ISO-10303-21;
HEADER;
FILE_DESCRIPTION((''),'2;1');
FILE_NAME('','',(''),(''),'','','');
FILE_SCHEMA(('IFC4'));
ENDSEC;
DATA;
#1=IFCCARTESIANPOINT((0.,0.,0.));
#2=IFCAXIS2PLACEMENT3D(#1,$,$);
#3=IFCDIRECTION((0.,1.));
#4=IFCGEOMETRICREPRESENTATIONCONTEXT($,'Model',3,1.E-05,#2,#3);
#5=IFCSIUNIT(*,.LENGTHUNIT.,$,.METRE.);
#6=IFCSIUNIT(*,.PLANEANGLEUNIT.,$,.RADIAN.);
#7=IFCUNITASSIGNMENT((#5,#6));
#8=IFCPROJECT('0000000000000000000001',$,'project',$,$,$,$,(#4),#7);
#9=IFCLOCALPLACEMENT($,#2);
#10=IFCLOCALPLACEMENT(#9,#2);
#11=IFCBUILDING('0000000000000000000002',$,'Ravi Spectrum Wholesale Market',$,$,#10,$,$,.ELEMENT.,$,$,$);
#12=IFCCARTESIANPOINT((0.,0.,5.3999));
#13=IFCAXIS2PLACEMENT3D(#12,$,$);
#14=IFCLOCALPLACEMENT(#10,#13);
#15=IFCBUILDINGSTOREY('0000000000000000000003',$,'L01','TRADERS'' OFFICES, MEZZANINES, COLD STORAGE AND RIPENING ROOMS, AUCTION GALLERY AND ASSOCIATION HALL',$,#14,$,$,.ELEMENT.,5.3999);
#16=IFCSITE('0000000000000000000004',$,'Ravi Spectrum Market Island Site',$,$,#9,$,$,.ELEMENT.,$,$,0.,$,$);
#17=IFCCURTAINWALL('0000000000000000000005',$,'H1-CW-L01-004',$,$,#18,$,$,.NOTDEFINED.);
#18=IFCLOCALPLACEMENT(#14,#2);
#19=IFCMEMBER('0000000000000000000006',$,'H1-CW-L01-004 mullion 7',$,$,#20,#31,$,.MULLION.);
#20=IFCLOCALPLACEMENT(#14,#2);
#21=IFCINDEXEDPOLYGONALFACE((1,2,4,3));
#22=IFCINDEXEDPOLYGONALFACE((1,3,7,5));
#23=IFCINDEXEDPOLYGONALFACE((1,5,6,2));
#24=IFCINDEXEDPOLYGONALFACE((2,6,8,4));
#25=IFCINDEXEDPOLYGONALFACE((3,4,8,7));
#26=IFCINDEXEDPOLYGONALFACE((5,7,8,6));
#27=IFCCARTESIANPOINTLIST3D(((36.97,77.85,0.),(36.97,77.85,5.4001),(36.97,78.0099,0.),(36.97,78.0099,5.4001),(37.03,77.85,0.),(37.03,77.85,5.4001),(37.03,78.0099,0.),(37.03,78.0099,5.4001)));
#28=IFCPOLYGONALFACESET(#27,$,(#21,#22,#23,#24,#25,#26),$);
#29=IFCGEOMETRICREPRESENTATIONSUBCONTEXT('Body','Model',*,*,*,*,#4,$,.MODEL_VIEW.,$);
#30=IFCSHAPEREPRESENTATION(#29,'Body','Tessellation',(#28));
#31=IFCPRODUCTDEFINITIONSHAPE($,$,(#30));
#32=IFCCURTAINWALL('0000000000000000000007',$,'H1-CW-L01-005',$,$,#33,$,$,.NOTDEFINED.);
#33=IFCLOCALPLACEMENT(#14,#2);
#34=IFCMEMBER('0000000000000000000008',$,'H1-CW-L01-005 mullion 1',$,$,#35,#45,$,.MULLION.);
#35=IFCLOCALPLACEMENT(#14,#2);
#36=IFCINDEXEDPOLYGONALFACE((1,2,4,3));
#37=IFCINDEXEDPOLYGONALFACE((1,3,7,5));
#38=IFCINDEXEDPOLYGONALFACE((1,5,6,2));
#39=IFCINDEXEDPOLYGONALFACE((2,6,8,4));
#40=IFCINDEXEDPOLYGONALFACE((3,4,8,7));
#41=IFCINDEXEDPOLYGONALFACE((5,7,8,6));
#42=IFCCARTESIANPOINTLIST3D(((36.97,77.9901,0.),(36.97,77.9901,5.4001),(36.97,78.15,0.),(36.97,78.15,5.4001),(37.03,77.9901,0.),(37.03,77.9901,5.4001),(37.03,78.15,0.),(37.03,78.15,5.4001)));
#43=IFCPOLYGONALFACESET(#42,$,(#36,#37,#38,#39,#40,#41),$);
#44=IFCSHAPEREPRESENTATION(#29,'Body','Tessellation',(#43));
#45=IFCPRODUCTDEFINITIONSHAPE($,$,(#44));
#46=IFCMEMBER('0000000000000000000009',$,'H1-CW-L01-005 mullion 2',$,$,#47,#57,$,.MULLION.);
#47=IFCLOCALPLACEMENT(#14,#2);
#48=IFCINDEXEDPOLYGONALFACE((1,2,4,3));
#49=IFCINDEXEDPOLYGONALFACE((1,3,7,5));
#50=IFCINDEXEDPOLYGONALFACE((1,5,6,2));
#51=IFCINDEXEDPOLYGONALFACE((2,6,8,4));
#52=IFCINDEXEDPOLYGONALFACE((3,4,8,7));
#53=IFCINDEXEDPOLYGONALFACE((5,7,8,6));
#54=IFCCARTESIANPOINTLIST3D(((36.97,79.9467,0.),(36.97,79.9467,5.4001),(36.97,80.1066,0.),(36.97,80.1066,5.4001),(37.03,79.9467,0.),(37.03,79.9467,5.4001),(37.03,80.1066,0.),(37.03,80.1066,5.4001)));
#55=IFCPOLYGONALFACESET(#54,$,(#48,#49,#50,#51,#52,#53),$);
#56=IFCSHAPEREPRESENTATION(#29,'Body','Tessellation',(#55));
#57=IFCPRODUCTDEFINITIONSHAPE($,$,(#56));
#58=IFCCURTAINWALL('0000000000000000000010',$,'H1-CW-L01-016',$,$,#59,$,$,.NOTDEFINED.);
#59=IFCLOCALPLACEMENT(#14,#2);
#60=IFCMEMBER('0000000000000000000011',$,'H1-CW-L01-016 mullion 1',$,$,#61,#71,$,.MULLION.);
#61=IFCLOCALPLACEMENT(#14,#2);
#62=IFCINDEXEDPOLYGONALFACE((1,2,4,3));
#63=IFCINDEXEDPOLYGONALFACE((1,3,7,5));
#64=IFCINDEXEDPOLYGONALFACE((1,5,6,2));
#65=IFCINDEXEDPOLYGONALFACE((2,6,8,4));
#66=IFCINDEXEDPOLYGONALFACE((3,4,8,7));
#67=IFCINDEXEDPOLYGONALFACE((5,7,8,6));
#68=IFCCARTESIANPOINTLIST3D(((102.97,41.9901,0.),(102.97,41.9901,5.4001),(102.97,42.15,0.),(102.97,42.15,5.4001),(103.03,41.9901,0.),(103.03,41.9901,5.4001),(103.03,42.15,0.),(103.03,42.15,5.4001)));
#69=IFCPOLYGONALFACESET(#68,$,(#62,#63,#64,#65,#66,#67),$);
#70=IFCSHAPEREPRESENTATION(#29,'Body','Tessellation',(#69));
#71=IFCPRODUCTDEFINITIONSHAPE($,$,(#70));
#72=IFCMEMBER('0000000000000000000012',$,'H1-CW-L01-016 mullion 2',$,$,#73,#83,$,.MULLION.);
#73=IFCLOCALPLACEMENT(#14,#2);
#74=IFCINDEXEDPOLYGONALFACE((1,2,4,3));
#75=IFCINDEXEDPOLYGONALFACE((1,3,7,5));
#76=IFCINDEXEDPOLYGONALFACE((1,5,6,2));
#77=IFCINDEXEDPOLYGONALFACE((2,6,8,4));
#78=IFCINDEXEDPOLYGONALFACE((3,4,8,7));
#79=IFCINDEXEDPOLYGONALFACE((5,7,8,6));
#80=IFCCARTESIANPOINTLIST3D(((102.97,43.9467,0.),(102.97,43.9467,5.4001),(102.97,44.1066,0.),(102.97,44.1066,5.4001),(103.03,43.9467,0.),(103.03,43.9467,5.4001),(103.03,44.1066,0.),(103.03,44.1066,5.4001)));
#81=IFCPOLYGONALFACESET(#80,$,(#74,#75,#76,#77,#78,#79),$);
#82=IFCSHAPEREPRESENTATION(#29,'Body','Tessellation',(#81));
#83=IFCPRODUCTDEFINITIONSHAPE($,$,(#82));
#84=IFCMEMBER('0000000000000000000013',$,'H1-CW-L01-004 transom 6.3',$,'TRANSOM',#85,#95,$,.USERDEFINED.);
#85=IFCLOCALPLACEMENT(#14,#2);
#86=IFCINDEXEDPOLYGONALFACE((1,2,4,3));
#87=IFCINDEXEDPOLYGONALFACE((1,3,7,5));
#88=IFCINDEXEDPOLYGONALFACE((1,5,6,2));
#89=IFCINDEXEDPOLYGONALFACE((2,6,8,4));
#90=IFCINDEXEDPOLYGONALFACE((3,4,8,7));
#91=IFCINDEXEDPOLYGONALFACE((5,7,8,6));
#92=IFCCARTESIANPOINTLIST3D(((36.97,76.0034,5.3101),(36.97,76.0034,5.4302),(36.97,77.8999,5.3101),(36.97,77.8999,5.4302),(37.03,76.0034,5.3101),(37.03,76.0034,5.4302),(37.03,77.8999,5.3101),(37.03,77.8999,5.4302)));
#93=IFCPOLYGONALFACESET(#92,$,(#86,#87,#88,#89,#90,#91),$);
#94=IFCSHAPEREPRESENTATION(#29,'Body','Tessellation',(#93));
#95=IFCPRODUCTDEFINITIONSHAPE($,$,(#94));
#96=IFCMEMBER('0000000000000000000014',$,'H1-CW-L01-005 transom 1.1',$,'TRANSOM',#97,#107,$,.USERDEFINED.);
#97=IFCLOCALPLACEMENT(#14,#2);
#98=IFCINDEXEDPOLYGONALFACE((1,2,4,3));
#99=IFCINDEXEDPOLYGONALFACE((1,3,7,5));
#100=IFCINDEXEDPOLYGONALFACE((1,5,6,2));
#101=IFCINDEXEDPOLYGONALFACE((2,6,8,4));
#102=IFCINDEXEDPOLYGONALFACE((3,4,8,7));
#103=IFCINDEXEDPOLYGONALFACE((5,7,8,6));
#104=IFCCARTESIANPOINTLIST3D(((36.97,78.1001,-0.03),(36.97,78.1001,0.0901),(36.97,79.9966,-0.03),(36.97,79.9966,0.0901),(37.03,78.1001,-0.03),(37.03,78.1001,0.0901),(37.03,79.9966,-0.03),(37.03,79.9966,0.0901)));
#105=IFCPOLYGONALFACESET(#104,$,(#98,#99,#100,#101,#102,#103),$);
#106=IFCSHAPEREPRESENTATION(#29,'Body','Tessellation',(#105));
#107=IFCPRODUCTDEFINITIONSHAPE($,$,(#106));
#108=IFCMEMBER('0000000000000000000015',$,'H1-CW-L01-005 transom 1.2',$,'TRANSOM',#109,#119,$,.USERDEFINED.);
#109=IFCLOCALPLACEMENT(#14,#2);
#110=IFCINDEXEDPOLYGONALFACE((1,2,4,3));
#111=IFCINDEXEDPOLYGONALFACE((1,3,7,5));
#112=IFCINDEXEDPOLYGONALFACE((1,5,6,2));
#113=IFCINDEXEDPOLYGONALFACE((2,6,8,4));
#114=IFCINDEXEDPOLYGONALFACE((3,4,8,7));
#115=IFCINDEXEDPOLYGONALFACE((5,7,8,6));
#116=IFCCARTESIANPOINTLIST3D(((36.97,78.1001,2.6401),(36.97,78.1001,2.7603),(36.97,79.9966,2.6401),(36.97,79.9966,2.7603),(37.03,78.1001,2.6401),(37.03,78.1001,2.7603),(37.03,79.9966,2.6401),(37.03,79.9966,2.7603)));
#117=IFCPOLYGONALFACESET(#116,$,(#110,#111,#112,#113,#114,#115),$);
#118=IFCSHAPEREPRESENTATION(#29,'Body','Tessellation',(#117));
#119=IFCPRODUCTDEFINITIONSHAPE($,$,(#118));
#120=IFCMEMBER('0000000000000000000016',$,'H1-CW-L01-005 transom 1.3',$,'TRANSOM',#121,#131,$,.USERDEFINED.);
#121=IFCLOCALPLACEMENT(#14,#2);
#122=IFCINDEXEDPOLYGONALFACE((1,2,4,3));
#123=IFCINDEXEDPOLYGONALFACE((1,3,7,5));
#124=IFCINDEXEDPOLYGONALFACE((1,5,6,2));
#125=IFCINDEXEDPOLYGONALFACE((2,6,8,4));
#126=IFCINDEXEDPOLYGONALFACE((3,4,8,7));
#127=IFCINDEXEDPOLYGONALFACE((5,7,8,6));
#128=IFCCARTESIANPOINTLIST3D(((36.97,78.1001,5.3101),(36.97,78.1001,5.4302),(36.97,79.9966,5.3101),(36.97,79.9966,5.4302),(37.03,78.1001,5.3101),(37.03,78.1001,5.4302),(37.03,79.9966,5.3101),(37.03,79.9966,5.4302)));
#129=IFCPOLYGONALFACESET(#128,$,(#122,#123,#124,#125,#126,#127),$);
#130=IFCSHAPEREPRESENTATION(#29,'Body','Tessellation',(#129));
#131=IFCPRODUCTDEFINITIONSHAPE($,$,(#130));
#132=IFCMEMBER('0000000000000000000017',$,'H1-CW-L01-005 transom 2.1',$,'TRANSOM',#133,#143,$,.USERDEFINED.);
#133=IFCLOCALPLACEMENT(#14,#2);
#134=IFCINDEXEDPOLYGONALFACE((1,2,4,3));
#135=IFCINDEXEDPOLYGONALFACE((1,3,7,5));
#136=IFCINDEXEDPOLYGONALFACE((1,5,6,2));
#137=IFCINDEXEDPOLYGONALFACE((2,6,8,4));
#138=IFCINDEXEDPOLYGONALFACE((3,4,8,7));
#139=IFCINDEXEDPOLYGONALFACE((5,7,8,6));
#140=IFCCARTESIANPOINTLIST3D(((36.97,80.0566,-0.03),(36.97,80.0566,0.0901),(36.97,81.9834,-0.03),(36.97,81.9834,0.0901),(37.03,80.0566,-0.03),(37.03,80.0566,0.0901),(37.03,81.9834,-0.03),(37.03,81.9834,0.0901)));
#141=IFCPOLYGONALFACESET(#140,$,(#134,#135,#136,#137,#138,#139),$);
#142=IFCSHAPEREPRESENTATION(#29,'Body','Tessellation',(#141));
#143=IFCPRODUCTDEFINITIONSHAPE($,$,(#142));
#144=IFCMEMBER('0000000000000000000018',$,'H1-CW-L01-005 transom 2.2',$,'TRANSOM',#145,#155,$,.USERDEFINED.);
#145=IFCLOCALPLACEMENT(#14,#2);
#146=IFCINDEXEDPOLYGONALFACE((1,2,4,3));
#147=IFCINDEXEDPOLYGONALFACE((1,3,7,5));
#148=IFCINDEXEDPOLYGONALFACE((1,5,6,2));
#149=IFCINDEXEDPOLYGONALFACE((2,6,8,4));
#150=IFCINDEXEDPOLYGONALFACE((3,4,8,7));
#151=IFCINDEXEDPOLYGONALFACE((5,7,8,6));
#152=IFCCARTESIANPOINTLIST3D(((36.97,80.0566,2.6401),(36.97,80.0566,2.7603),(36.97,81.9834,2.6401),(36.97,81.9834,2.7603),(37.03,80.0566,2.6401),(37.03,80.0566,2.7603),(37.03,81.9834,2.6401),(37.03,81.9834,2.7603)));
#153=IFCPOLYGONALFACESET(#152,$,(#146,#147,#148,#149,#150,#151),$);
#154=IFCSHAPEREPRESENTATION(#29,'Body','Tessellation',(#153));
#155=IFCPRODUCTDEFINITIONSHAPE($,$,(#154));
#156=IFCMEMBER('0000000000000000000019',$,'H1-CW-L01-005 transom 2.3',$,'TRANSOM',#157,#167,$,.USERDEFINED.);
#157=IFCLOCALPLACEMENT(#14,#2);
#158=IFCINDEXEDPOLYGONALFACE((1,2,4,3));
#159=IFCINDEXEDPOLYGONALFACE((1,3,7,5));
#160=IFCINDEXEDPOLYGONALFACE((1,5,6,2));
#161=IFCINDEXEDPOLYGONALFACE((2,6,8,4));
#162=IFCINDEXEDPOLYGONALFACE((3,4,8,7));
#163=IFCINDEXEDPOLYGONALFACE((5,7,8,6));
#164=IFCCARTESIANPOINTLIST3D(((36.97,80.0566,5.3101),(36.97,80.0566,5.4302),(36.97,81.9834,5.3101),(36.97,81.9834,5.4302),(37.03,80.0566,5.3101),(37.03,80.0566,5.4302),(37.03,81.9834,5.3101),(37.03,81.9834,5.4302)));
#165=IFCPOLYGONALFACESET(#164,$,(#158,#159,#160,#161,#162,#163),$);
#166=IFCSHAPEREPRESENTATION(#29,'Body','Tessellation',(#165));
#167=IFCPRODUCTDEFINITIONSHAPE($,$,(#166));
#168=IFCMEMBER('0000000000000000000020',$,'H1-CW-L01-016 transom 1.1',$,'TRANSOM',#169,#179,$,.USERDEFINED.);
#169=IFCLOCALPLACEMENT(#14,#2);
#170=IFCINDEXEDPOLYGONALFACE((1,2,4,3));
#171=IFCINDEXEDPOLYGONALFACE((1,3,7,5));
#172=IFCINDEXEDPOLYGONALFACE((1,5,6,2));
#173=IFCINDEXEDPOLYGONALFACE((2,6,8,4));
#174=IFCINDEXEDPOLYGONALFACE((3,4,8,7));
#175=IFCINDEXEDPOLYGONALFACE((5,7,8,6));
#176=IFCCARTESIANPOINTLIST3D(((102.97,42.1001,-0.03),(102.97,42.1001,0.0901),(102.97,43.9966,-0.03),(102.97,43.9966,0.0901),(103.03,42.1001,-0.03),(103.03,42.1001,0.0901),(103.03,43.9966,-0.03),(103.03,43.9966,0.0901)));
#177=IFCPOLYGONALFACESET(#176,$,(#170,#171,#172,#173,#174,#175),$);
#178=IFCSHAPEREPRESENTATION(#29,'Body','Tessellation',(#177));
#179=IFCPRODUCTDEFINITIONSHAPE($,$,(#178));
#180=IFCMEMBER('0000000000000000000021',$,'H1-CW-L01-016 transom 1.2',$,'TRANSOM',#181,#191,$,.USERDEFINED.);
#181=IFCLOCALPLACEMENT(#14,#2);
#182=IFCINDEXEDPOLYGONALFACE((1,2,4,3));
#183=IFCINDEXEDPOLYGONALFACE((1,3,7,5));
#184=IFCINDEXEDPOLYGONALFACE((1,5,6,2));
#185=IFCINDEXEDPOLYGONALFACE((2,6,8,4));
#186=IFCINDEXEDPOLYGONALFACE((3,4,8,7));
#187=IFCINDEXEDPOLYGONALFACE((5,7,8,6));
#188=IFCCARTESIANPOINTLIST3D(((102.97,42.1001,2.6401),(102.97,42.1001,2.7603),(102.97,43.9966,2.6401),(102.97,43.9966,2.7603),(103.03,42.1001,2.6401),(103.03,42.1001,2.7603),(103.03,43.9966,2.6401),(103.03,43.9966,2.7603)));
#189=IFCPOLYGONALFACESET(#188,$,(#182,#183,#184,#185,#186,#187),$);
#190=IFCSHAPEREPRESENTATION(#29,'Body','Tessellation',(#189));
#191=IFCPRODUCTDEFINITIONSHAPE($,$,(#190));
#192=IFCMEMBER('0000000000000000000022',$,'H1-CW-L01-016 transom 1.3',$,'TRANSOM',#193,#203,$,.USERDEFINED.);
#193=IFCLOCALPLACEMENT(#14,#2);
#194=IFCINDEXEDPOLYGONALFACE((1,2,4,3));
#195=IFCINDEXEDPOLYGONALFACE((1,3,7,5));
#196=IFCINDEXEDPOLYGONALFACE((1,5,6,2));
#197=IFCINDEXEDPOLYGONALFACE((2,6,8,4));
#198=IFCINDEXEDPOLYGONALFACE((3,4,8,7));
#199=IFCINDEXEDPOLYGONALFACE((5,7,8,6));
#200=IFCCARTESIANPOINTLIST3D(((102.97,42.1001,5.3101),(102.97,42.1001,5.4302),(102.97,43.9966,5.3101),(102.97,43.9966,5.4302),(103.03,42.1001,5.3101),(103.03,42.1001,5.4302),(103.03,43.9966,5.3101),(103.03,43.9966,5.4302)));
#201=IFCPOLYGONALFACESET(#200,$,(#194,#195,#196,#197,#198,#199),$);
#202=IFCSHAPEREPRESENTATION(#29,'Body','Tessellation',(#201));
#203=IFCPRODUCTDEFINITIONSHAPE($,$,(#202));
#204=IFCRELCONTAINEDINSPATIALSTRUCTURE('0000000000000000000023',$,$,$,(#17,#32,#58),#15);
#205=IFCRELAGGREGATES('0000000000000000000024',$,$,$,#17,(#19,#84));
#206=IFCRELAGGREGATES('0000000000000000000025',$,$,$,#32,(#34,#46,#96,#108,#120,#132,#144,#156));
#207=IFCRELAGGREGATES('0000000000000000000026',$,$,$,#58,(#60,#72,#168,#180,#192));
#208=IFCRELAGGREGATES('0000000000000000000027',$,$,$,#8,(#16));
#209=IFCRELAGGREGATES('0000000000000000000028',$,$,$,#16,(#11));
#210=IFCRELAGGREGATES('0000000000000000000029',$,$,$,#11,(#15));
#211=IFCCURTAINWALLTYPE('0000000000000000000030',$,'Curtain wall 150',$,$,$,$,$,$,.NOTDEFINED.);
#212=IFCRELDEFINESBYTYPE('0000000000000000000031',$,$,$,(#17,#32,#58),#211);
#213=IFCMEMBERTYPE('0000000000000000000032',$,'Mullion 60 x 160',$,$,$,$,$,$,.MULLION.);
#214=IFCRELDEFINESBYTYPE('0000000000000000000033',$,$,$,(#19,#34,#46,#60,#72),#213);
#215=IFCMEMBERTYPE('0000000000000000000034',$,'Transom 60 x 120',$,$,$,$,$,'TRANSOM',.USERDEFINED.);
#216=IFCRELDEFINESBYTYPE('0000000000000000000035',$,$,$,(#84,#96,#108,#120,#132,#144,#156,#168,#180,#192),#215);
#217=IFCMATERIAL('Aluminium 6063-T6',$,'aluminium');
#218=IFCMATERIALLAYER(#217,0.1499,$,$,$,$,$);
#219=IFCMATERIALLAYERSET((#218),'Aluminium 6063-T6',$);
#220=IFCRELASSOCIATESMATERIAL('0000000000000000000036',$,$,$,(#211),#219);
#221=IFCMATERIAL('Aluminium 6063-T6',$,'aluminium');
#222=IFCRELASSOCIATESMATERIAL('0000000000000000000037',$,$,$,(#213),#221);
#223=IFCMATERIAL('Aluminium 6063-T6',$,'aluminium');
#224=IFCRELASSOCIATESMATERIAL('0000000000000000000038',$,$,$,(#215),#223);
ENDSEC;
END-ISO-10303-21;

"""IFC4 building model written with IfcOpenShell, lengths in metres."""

from ifc_helpers import new_model, si_unit, direction, frame, origin, origin_2d, place, context, subcontext, project, spatial, rectangle, extrude, material, layer, layer_set, material_profile, profile_set, type_object, element, aggregate, save


model = new_model("IFC4")

# Units and contexts
model_context = context("Model", 3, precision=1e-05, world=origin(), true_north=direction((0.0, 1.0)))
body_context = subcontext(model_context, "Body", "Model", "MODEL_VIEW")
ifc_project = project(units=[si_unit("LENGTHUNIT", "METRE"), si_unit("PLANEANGLEUNIT", "RADIAN")], contexts=[model_context])

# Site, building, storey
site_placement = place(None, origin())
site = spatial("IfcSite", under=ifc_project, at=site_placement, Name="Ravi Spectrum Market Island Site", CompositionType="ELEMENT", RefElevation=0.0)
building_placement = place(site_placement, origin())
building = spatial("IfcBuilding", under=site, at=building_placement, Name="Ravi Spectrum Wholesale Market", CompositionType="ELEMENT")
storey_placement = place(building_placement, frame((0.0, 0.0, 5.3999)))
storey = spatial("IfcBuildingStorey", under=building, at=storey_placement, Name="L01", Description="TRADERS' OFFICES, MEZZANINES, COLD STORAGE AND RIPENING ROOMS, AUCTION GALLERY AND ASSOCIATION HALL", CompositionType="ELEMENT", Elevation=5.3999)

# Curtain wall, member
ifc_material_1 = material(Name="Aluminium 6063-T6", Category="aluminium")
ifc_layer_1 = layer(ifc_material_1, 0.1499)
ifc_layer_set_1 = layer_set([ifc_layer_1], Name="Aluminium 6063-T6")
curtain_wall_type = type_object("IfcCurtainWallType", Name="Curtain wall 150", PredefinedType="NOTDEFINED", material=ifc_layer_set_1)
curtain_wall_1_placement = place(storey_placement, origin())
curtain_wall_1 = element("IfcCurtainWall", 1, at=curtain_wall_1_placement, inside=storey, type_object=curtain_wall_type, Name="H1-CW-L01-004", PredefinedType="NOTDEFINED")
ifc_material_2 = material(Name="Aluminium 6063-T6", Category="aluminium")
ifc_material_profile_1 = material_profile(ifc_material_2, rectangle(XDim=0.0601, YDim=0.1599, at=origin_2d()))
ifc_profile_set_1 = profile_set([ifc_material_profile_1], Name="Aluminium 6063-T6")
member_type_1 = type_object("IfcMemberType", Name="Mullion 60 x 160", PredefinedType="MULLION", material=ifc_profile_set_1)
member_1_placement = place(storey_placement, frame((37.0, 77.9299, 0.0), z_axis=(0.0, 0.0, 1.0), x_axis=(-1.0, 0.0, 0.0)))
member_1 = element("IfcMember", 2, at=member_1_placement, type_object=member_type_1, Name="H1-CW-L01-004 mullion 7", PredefinedType="MULLION", context=body_context, shape_type="SweptSolid", body=[
    extrude(rectangle(XDim=0.0601, YDim=0.1599, at=origin_2d()), origin(), (0.0, 0.0, 1.0), 5.4001),
])

# Curtain walls, members
curtain_wall_2_placement = place(storey_placement, origin())
curtain_wall_2 = element("IfcCurtainWall", 3, at=curtain_wall_2_placement, inside=storey, type_object=curtain_wall_type, Name="H1-CW-L01-005", PredefinedType="NOTDEFINED")
member_2_placement = place(storey_placement, frame((37.0, 78.0701, 0.0), z_axis=(0.0, 0.0, 1.0), x_axis=(-1.0, 0.0, 0.0)))
member_2 = element("IfcMember", 4, at=member_2_placement, type_object=member_type_1, Name="H1-CW-L01-005 mullion 1", PredefinedType="MULLION", context=body_context, shape_type="SweptSolid", body=[
    extrude(rectangle(XDim=0.0601, YDim=0.1599, at=origin_2d()), origin(), (0.0, 0.0, 1.0), 5.4001),
])
member_3_placement = place(storey_placement, frame((37.0, 80.0266, 0.0), z_axis=(0.0, 0.0, 1.0), x_axis=(-1.0, 0.0, 0.0)))
member_3 = element("IfcMember", 5, at=member_3_placement, type_object=member_type_1, Name="H1-CW-L01-005 mullion 2", PredefinedType="MULLION", context=body_context, shape_type="SweptSolid", body=[
    extrude(rectangle(XDim=0.0601, YDim=0.1599, at=origin_2d()), origin(), (0.0, 0.0, 1.0), 5.4001),
])
curtain_wall_3_placement = place(storey_placement, origin())
curtain_wall_3 = element("IfcCurtainWall", 6, at=curtain_wall_3_placement, inside=storey, type_object=curtain_wall_type, Name="H1-CW-L01-016", PredefinedType="NOTDEFINED")
member_4_placement = place(storey_placement, frame((103.0, 42.0701, 0.0), z_axis=(0.0, 0.0, 1.0), x_axis=(-1.0, 0.0, 0.0)))
member_4 = element("IfcMember", 7, at=member_4_placement, type_object=member_type_1, Name="H1-CW-L01-016 mullion 1", PredefinedType="MULLION", context=body_context, shape_type="SweptSolid", body=[
    extrude(rectangle(XDim=0.0601, YDim=0.1599, at=origin_2d()), origin(), (0.0, 0.0, 1.0), 5.4001),
])
member_5_placement = place(storey_placement, frame((103.0, 44.0266, 0.0), z_axis=(0.0, 0.0, 1.0), x_axis=(-1.0, 0.0, 0.0)))
member_5 = element("IfcMember", 8, at=member_5_placement, type_object=member_type_1, Name="H1-CW-L01-016 mullion 2", PredefinedType="MULLION", context=body_context, shape_type="SweptSolid", body=[
    extrude(rectangle(XDim=0.0601, YDim=0.1599, at=origin_2d()), origin(), (0.0, 0.0, 1.0), 5.4001),
])

# Members
ifc_material_3 = material(Name="Aluminium 6063-T6", Category="aluminium")
ifc_material_profile_2 = material_profile(ifc_material_3, rectangle(XDim=0.0601, YDim=0.1201, at=origin_2d()))
ifc_profile_set_2 = profile_set([ifc_material_profile_2], Name="Aluminium 6063-T6")
member_type_2 = type_object("IfcMemberType", Name="Transom 60 x 120", ElementType="TRANSOM", PredefinedType="USERDEFINED", material=ifc_profile_set_2)
member_6_placement = place(storey_placement, frame((37.0, 76.0034, 5.3701), z_axis=(0.0, 1.0, 0.0), x_axis=(-1.0, 0.0, 0.0)))
member_6 = element("IfcMember", 9, at=member_6_placement, type_object=member_type_2, Name="H1-CW-L01-004 transom 6.3", ObjectType="TRANSOM", PredefinedType="USERDEFINED", context=body_context, shape_type="SweptSolid", body=[
    extrude(rectangle(XDim=0.0601, YDim=0.1201, at=origin_2d()), origin(), (0.0, 0.0, 1.0), 1.8965),
])
member_7_placement = place(storey_placement, frame((37.0, 78.1001, 0.03), z_axis=(0.0, 1.0, 0.0), x_axis=(-1.0, 0.0, 0.0)))
member_7 = element("IfcMember", 10, at=member_7_placement, type_object=member_type_2, Name="H1-CW-L01-005 transom 1.1", ObjectType="TRANSOM", PredefinedType="USERDEFINED", context=body_context, shape_type="SweptSolid", body=[
    extrude(rectangle(XDim=0.0601, YDim=0.1201, at=origin_2d()), origin(), (0.0, 0.0, 1.0), 1.8965),
])
member_8_placement = place(storey_placement, frame((37.0, 78.1001, 2.7002), z_axis=(0.0, 1.0, 0.0), x_axis=(-1.0, 0.0, 0.0)))
member_8 = element("IfcMember", 11, at=member_8_placement, type_object=member_type_2, Name="H1-CW-L01-005 transom 1.2", ObjectType="TRANSOM", PredefinedType="USERDEFINED", context=body_context, shape_type="SweptSolid", body=[
    extrude(rectangle(XDim=0.0601, YDim=0.1201, at=origin_2d()), origin(), (0.0, 0.0, 1.0), 1.8965),
])
member_9_placement = place(storey_placement, frame((37.0, 78.1001, 5.3701), z_axis=(0.0, 1.0, 0.0), x_axis=(-1.0, 0.0, 0.0)))
member_9 = element("IfcMember", 12, at=member_9_placement, type_object=member_type_2, Name="H1-CW-L01-005 transom 1.3", ObjectType="TRANSOM", PredefinedType="USERDEFINED", context=body_context, shape_type="SweptSolid", body=[
    extrude(rectangle(XDim=0.0601, YDim=0.1201, at=origin_2d()), origin(), (0.0, 0.0, 1.0), 1.8965),
])
member_10_placement = place(storey_placement, frame((37.0, 80.0566, 0.03), z_axis=(0.0, 1.0, 0.0), x_axis=(-1.0, 0.0, 0.0)))
member_10 = element("IfcMember", 13, at=member_10_placement, type_object=member_type_2, Name="H1-CW-L01-005 transom 2.1", ObjectType="TRANSOM", PredefinedType="USERDEFINED", context=body_context, shape_type="SweptSolid", body=[
    extrude(rectangle(XDim=0.0601, YDim=0.1201, at=origin_2d()), origin(), (0.0, 0.0, 1.0), 1.9268),
])
member_11_placement = place(storey_placement, frame((37.0, 80.0566, 2.7002), z_axis=(0.0, 1.0, 0.0), x_axis=(-1.0, 0.0, 0.0)))
member_11 = element("IfcMember", 14, at=member_11_placement, type_object=member_type_2, Name="H1-CW-L01-005 transom 2.2", ObjectType="TRANSOM", PredefinedType="USERDEFINED", context=body_context, shape_type="SweptSolid", body=[
    extrude(rectangle(XDim=0.0601, YDim=0.1201, at=origin_2d()), origin(), (0.0, 0.0, 1.0), 1.9268),
])
member_12_placement = place(storey_placement, frame((37.0, 80.0566, 5.3701), z_axis=(0.0, 1.0, 0.0), x_axis=(-1.0, 0.0, 0.0)))
member_12 = element("IfcMember", 15, at=member_12_placement, type_object=member_type_2, Name="H1-CW-L01-005 transom 2.3", ObjectType="TRANSOM", PredefinedType="USERDEFINED", context=body_context, shape_type="SweptSolid", body=[
    extrude(rectangle(XDim=0.0601, YDim=0.1201, at=origin_2d()), origin(), (0.0, 0.0, 1.0), 1.9268),
])
member_13_placement = place(storey_placement, frame((103.0, 42.1001, 0.03), z_axis=(0.0, 1.0, 0.0), x_axis=(-1.0, 0.0, 0.0)))
member_13 = element("IfcMember", 16, at=member_13_placement, type_object=member_type_2, Name="H1-CW-L01-016 transom 1.1", ObjectType="TRANSOM", PredefinedType="USERDEFINED", context=body_context, shape_type="SweptSolid", body=[
    extrude(rectangle(XDim=0.0601, YDim=0.1201, at=origin_2d()), origin(), (0.0, 0.0, 1.0), 1.8965),
])
member_14_placement = place(storey_placement, frame((103.0, 42.1001, 2.7002), z_axis=(0.0, 1.0, 0.0), x_axis=(-1.0, 0.0, 0.0)))
member_14 = element("IfcMember", 17, at=member_14_placement, type_object=member_type_2, Name="H1-CW-L01-016 transom 1.2", ObjectType="TRANSOM", PredefinedType="USERDEFINED", context=body_context, shape_type="SweptSolid", body=[
    extrude(rectangle(XDim=0.0601, YDim=0.1201, at=origin_2d()), origin(), (0.0, 0.0, 1.0), 1.8965),
])
member_15_placement = place(storey_placement, frame((103.0, 42.1001, 5.3701), z_axis=(0.0, 1.0, 0.0), x_axis=(-1.0, 0.0, 0.0)))
member_15 = element("IfcMember", 18, at=member_15_placement, type_object=member_type_2, Name="H1-CW-L01-016 transom 1.3", ObjectType="TRANSOM", PredefinedType="USERDEFINED", context=body_context, shape_type="SweptSolid", body=[
    extrude(rectangle(XDim=0.0601, YDim=0.1201, at=origin_2d()), origin(), (0.0, 0.0, 1.0), 1.8965),
])

aggregate(curtain_wall_1, [member_1, member_6])
aggregate(curtain_wall_2, [member_2, member_3, member_7, member_8, member_9, member_10, member_11, member_12])
aggregate(curtain_wall_3, [member_4, member_5, member_13, member_14, member_15])

save(model, "model.ifc")
